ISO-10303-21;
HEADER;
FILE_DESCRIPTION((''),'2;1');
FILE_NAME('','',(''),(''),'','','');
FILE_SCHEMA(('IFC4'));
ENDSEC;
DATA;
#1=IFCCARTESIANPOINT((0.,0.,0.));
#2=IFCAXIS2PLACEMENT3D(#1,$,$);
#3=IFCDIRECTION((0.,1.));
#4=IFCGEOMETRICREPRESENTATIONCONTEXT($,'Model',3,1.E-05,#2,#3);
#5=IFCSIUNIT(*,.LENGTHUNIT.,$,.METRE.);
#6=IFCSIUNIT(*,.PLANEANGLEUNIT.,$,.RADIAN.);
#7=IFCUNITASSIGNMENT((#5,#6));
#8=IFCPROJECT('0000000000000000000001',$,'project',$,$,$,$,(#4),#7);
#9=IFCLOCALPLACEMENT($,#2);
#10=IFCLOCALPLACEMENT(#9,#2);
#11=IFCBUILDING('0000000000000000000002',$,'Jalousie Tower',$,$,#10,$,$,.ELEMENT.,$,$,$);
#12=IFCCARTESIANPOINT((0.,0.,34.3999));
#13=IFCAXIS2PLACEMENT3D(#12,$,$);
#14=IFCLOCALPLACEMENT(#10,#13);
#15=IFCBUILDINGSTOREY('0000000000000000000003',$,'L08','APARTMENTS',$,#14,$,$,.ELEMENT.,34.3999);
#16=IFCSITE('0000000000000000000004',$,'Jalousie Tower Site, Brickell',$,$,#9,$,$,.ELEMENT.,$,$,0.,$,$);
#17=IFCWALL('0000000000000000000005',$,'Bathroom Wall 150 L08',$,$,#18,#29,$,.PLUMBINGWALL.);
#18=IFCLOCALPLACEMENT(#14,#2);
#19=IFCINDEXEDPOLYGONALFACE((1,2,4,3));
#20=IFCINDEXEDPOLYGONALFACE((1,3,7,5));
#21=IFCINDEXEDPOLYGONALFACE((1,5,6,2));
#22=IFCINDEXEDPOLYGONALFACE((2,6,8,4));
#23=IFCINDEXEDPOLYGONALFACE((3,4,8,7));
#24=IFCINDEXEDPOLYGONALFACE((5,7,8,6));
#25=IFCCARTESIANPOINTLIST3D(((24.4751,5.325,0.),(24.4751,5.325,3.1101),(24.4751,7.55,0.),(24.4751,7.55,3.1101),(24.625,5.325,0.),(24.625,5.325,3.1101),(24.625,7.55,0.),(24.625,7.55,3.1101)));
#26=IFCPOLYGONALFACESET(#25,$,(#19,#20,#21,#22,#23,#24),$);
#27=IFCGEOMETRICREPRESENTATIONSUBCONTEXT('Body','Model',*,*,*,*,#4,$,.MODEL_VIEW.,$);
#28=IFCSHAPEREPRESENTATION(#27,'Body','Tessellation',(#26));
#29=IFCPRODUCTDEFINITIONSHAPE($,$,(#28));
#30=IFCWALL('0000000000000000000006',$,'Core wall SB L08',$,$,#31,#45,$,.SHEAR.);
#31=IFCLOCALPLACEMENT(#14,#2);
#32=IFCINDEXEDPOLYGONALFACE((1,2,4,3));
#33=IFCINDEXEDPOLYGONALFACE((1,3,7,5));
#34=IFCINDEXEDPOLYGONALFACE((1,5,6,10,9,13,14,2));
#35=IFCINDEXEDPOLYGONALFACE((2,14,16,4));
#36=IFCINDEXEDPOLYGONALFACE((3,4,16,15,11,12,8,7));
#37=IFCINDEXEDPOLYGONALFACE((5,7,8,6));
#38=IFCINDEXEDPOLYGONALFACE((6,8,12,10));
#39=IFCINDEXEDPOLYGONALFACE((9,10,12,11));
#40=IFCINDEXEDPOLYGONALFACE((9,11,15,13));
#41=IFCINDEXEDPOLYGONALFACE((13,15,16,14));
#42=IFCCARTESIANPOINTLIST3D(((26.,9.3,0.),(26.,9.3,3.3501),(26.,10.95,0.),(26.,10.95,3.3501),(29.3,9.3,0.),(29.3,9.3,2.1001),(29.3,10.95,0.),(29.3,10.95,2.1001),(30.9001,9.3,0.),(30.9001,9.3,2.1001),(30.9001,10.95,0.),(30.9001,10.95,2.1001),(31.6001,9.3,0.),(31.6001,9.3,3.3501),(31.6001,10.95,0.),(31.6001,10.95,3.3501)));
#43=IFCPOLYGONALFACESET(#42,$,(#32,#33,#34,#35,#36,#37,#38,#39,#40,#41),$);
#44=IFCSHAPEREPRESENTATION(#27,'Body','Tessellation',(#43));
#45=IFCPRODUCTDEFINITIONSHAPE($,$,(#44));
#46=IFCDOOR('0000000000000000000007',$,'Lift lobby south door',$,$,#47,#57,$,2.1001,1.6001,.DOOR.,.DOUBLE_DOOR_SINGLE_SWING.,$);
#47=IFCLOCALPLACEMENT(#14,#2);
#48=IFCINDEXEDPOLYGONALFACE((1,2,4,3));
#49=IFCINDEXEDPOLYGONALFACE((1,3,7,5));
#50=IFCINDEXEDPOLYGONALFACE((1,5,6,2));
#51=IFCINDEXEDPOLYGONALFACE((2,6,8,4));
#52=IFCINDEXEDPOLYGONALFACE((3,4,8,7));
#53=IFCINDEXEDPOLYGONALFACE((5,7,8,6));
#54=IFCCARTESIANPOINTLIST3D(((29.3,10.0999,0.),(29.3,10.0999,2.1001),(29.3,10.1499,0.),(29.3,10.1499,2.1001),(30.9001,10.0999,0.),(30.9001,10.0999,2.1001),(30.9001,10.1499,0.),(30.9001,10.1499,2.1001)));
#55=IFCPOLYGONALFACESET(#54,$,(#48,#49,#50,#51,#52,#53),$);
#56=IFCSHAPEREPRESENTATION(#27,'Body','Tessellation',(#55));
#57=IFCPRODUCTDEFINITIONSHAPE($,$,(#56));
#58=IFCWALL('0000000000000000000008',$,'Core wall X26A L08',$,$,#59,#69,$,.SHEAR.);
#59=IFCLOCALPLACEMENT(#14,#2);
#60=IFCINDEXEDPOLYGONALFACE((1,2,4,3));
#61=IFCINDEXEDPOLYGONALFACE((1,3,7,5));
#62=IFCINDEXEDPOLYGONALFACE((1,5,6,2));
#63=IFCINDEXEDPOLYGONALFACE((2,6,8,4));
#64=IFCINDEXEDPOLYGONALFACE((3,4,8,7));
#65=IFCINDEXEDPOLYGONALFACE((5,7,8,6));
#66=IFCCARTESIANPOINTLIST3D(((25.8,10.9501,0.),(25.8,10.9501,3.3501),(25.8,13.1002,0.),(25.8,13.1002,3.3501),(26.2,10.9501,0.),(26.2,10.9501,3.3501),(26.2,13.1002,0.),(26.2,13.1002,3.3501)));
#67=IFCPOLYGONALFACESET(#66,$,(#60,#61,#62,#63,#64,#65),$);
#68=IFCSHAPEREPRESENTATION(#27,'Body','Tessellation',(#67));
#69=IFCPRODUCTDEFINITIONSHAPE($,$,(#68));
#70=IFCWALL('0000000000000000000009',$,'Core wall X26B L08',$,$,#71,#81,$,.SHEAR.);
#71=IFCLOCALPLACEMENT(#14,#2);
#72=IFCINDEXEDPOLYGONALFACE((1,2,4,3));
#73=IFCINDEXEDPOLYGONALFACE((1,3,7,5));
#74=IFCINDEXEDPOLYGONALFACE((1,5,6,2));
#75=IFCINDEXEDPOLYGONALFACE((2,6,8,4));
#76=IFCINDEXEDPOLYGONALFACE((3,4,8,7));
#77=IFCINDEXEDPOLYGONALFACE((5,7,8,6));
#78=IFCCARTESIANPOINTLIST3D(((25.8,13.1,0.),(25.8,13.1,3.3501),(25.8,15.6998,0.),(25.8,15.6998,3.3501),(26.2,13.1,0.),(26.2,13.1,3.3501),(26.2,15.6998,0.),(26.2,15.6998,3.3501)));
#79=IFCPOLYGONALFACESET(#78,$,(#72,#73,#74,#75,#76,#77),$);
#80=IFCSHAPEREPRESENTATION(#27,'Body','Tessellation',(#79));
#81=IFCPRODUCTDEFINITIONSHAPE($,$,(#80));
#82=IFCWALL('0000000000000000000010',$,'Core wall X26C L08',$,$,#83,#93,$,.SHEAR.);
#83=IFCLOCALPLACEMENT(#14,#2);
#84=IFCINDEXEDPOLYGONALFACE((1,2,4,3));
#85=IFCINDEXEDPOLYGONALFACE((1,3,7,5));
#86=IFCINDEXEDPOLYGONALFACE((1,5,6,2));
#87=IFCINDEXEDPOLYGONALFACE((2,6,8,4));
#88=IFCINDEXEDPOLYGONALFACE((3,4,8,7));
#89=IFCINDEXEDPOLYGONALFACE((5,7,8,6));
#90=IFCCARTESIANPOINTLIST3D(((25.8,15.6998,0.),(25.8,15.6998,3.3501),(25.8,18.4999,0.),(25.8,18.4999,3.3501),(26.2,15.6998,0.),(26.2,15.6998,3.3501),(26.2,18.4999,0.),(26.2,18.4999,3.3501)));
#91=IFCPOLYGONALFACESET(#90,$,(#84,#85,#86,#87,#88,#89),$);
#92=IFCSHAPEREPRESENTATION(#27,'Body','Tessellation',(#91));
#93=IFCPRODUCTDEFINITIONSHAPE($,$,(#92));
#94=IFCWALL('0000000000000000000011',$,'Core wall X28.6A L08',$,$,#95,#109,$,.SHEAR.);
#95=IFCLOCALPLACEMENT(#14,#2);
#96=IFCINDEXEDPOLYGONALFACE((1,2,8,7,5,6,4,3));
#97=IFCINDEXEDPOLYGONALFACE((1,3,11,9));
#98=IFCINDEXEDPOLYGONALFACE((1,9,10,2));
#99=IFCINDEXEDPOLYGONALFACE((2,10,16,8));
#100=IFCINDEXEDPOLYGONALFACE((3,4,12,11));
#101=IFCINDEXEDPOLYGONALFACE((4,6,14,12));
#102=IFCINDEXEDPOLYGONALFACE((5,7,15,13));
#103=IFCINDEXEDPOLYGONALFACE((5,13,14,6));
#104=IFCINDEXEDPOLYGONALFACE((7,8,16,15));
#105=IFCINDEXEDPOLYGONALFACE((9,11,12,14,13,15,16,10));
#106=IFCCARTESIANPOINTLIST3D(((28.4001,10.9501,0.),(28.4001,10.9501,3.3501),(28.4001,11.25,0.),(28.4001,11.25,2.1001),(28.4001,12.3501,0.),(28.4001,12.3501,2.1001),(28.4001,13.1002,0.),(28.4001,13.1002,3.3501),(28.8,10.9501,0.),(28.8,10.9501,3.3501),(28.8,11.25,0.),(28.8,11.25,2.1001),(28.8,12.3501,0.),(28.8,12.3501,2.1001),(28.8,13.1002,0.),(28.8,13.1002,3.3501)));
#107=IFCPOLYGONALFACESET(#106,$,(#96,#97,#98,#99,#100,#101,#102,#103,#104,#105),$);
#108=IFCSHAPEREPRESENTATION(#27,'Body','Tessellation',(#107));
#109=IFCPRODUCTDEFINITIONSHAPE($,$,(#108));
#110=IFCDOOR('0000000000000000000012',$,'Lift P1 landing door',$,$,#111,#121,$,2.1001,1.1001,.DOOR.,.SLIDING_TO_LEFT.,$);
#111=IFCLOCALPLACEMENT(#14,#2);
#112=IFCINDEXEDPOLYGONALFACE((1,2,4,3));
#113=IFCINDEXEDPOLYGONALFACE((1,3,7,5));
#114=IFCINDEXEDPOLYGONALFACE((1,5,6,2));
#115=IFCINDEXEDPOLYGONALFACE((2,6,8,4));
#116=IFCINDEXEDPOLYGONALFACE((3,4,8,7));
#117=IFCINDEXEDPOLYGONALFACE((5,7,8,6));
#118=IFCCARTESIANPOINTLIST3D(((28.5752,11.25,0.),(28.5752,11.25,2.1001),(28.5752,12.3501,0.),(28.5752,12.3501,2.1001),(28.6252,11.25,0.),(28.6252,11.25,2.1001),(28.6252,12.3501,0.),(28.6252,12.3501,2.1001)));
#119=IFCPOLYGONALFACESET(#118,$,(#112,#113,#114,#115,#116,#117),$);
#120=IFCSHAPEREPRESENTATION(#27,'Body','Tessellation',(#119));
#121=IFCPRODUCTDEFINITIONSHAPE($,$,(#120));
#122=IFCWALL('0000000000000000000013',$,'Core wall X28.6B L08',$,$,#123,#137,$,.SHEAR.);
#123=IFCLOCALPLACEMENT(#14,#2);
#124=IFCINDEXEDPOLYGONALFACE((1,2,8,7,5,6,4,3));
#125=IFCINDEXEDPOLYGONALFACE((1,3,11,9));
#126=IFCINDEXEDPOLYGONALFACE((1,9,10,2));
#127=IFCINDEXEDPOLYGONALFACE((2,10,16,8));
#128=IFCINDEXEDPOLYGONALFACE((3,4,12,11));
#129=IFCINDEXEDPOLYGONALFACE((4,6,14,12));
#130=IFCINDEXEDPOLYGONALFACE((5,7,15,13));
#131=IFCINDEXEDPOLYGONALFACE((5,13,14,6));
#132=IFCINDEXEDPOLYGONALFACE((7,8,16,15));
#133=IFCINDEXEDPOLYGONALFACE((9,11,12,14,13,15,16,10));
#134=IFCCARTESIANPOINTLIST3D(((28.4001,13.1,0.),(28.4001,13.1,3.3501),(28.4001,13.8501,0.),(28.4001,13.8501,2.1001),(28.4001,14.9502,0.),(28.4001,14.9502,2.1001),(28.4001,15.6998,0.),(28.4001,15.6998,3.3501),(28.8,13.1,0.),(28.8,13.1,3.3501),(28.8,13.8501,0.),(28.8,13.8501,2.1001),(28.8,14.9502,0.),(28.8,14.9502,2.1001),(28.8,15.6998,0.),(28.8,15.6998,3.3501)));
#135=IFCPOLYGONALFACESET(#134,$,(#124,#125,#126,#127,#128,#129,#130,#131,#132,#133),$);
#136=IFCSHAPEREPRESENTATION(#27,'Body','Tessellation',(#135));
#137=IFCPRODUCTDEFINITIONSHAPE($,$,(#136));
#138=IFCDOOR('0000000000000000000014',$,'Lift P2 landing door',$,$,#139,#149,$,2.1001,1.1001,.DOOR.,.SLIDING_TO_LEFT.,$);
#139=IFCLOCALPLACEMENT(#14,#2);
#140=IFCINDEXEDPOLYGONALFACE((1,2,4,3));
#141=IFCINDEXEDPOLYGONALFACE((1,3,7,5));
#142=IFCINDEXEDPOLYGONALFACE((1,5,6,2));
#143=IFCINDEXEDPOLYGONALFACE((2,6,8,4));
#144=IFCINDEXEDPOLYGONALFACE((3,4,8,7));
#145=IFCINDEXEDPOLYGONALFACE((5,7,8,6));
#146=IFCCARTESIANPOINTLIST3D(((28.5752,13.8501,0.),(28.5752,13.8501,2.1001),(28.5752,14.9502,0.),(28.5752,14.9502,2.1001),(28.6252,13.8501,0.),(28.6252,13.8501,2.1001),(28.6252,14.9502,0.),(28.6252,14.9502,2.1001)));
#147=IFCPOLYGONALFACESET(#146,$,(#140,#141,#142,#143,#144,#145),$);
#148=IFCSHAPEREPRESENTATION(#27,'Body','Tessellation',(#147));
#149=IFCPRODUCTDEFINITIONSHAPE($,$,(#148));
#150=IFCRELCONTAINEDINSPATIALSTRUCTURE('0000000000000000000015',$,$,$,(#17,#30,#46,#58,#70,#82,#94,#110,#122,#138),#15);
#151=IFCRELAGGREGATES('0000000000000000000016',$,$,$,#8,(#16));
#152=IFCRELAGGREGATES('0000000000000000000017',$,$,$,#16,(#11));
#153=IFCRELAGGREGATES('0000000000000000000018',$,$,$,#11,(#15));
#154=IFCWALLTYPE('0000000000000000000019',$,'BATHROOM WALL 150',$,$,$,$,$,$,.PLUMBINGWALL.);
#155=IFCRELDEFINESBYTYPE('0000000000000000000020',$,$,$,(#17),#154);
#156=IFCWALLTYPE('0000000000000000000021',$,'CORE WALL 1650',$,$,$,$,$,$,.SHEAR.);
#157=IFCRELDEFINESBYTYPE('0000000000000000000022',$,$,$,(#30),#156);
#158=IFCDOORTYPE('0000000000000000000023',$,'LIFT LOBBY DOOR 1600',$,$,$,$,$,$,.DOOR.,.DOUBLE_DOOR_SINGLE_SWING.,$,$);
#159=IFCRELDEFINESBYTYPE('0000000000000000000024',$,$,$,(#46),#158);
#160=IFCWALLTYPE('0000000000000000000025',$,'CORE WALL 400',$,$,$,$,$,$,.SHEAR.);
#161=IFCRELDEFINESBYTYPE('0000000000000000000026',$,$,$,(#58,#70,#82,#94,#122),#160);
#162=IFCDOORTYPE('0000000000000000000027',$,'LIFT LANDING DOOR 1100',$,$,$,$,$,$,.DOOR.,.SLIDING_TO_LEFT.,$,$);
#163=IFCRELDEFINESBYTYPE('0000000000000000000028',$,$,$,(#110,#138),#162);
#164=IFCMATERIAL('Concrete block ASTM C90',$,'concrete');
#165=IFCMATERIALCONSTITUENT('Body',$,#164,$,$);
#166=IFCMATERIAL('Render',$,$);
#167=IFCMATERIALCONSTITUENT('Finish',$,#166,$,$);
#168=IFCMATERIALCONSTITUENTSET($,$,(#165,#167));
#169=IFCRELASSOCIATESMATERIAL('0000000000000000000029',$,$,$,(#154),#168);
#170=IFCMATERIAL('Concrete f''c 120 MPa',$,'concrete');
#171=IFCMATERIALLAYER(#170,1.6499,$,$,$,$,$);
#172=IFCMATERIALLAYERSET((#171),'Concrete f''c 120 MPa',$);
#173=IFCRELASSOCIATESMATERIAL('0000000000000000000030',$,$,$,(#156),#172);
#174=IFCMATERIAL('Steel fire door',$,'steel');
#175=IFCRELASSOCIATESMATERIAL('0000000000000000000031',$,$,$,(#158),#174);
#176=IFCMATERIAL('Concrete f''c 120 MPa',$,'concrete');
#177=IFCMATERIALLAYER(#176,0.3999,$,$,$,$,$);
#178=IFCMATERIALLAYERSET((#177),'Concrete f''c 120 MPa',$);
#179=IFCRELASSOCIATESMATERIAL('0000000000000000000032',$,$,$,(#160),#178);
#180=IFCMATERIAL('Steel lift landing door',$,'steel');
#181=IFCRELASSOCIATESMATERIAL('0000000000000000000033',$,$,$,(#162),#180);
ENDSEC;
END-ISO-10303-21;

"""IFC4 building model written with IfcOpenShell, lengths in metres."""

from ifc_helpers import new_model, si_unit, direction, frame, frame_2d, origin, place, context, subcontext, project, spatial, rectangle, extrude, material, layer, layer_set, constituent, constituent_set, type_object, element, fill, save


model = new_model("IFC4")

# Units and contexts
model_context = context("Model", 3, precision=1e-05, world=origin(), true_north=direction((0.0, 1.0)))
body_context = subcontext(model_context, "Body", "Model", "MODEL_VIEW")
ifc_project = project(units=[si_unit("LENGTHUNIT", "METRE"), si_unit("PLANEANGLEUNIT", "RADIAN")], contexts=[model_context])

# Site, building, storey
site_placement = place(None, origin())
site = spatial("IfcSite", under=ifc_project, at=site_placement, Name="Jalousie Tower Site, Brickell", CompositionType="ELEMENT", RefElevation=0.0)
building_placement = place(site_placement, origin())
building = spatial("IfcBuilding", under=site, at=building_placement, Name="Jalousie Tower", CompositionType="ELEMENT")
storey_placement = place(building_placement, frame((0.0, 0.0, 34.3999)))
storey = spatial("IfcBuildingStorey", under=building, at=storey_placement, Name="L08", Description="APARTMENTS", CompositionType="ELEMENT", Elevation=34.3999)

# Wall
ifc_material_1 = material(Name="Concrete block ASTM C90", Category="concrete")
ifc_constituent_1 = constituent(ifc_material_1, Name="Body")
ifc_material_2 = material(Name="Render")
ifc_constituent_2 = constituent(ifc_material_2, Name="Finish")
ifc_constituent_set_1 = constituent_set(constituents=[ifc_constituent_1, ifc_constituent_2])
wall_type_1 = type_object("IfcWallType", Name="BATHROOM WALL 150", PredefinedType="PLUMBINGWALL", material=ifc_constituent_set_1)
wall_1_placement = place(storey_placement, frame((24.55, 5.325, 0.0), z_axis=(0.0, 0.0, 1.0), x_axis=(0.0, 1.0, 0.0)))
element("IfcWall", 1, at=wall_1_placement, inside=storey, type_object=wall_type_1, Name="Bathroom Wall 150 L08", PredefinedType="PLUMBINGWALL", context=body_context, shape_type="SweptSolid", body=[
    extrude(rectangle(XDim=2.2251, YDim=0.1499, at=frame_2d((1.1125, 0.0))), origin(), (0.0, 0.0, 1.0), 3.1101),
])

# Wall, opening, door
ifc_material_3 = material(Name="Concrete f'c 120 MPa", Category="concrete")
ifc_layer_1 = layer(ifc_material_3, 1.6499)
ifc_layer_set_1 = layer_set([ifc_layer_1], Name="Concrete f'c 120 MPa")
wall_type_2 = type_object("IfcWallType", Name="CORE WALL 1650", PredefinedType="SHEAR", material=ifc_layer_set_1)
wall_2_placement = place(storey_placement, frame((26.0, 10.125, 0.0), z_axis=(0.0, 0.0, 1.0), x_axis=(1.0, 0.0, 0.0)))
wall_2 = element("IfcWall", 2, at=wall_2_placement, inside=storey, type_object=wall_type_2, Name="Core wall SB L08", PredefinedType="SHEAR", context=body_context, shape_type="SweptSolid", body=[
    extrude(rectangle(XDim=5.6001, YDim=1.6499, at=frame_2d((2.8, 0.0))), origin(), (0.0, 0.0, 1.0), 3.3501),
])
opening_1_placement = place(wall_2_placement, frame((3.3, 0.0, 0.0)))
opening_1 = element("IfcOpeningElement", 3, at=opening_1_placement, cuts=wall_2, PredefinedType="OPENING", context=body_context, shape_type="SweptSolid", body=[
    extrude(rectangle(XDim=1.6001, YDim=2.1001, at=frame_2d((0.8, 1.05))), frame((0.0, 0.835, 0.0), z_axis=(0.0, -1.0, 0.0), x_axis=(1.0, 0.0, 0.0)), (0.0, 0.0, 1.0), 1.6699),
])
ifc_material_4 = material(Name="Steel fire door", Category="steel")
door_type_1 = type_object("IfcDoorType", Name="LIFT LOBBY DOOR 1600", OperationType="DOUBLE_DOOR_SINGLE_SWING", PredefinedType="DOOR", material=ifc_material_4)
door_1_placement = place(opening_1_placement, origin())
door_1 = element("IfcDoor", 4, at=door_1_placement, inside=storey, type_object=door_type_1, Name="Lift lobby south door", OperationType="DOUBLE_DOOR_SINGLE_SWING", OverallHeight=2.1001, OverallWidth=1.6001, PredefinedType="DOOR", context=body_context, shape_type="SweptSolid", body=[
    extrude(rectangle(XDim=1.6001, YDim=2.1001, at=frame_2d((0.8, 1.05))), frame((0.0, 0.0249, 0.0), z_axis=(0.0, -1.0, 0.0), x_axis=(1.0, 0.0, 0.0)), (0.0, 0.0, 1.0), 0.05),
])
fill(opening_1, door_1)

# Walls
ifc_material_5 = material(Name="Concrete f'c 120 MPa", Category="concrete")
ifc_layer_2 = layer(ifc_material_5, 0.3999)
ifc_layer_set_2 = layer_set([ifc_layer_2], Name="Concrete f'c 120 MPa")
wall_type_3 = type_object("IfcWallType", Name="CORE WALL 400", PredefinedType="SHEAR", material=ifc_layer_set_2)
wall_3_placement = place(storey_placement, frame((26.0, 10.95, 0.0), z_axis=(0.0, 0.0, 1.0), x_axis=(0.0, 1.0, 0.0)))
element("IfcWall", 5, at=wall_3_placement, inside=storey, type_object=wall_type_3, Name="Core wall X26A L08", PredefinedType="SHEAR", context=body_context, shape_type="SweptSolid", body=[
    extrude(rectangle(XDim=2.1501, YDim=0.3999, at=frame_2d((1.0752, 0.0))), origin(), (0.0, 0.0, 1.0), 3.3501),
])
wall_4_placement = place(storey_placement, frame((26.0, 13.1001, 0.0), z_axis=(0.0, 0.0, 1.0), x_axis=(0.0, 1.0, 0.0)))
element("IfcWall", 6, at=wall_4_placement, inside=storey, type_object=wall_type_3, Name="Core wall X26B L08", PredefinedType="SHEAR", context=body_context, shape_type="SweptSolid", body=[
    extrude(rectangle(XDim=2.5999, YDim=0.3999, at=frame_2d((1.2998, 0.0))), origin(), (0.0, 0.0, 1.0), 3.3501),
])
wall_5_placement = place(storey_placement, frame((26.0, 15.7, 0.0), z_axis=(0.0, 0.0, 1.0), x_axis=(0.0, 1.0, 0.0)))
element("IfcWall", 7, at=wall_5_placement, inside=storey, type_object=wall_type_3, Name="Core wall X26C L08", PredefinedType="SHEAR", context=body_context, shape_type="SweptSolid", body=[
    extrude(rectangle(XDim=2.8, YDim=0.3999, at=frame_2d((1.3999, 0.0))), origin(), (0.0, 0.0, 1.0), 3.3501),
])

# Walls, openings, doors
wall_6_placement = place(storey_placement, frame((28.6001, 10.95, 0.0), z_axis=(0.0, 0.0, 1.0), x_axis=(0.0, 1.0, 0.0)))
wall_6 = element("IfcWall", 8, at=wall_6_placement, inside=storey, type_object=wall_type_3, Name="Core wall X28.6A L08", PredefinedType="SHEAR", context=body_context, shape_type="SweptSolid", body=[
    extrude(rectangle(XDim=2.1501, YDim=0.3999, at=frame_2d((1.0752, 0.0))), origin(), (0.0, 0.0, 1.0), 3.3501),
])
opening_2_placement = place(wall_6_placement, frame((0.3, 0.0, 0.0)))
opening_2 = element("IfcOpeningElement", 9, at=opening_2_placement, cuts=wall_6, PredefinedType="OPENING", context=body_context, shape_type="SweptSolid", body=[
    extrude(rectangle(XDim=1.1001, YDim=2.1001, at=frame_2d((0.55, 1.05))), frame((0.0, 0.21, 0.0), z_axis=(0.0, -1.0, 0.0), x_axis=(1.0, 0.0, 0.0)), (0.0, 0.0, 1.0), 0.4199),
])
ifc_material_6 = material(Name="Steel lift landing door", Category="steel")
door_type_2 = type_object("IfcDoorType", Name="LIFT LANDING DOOR 1100", OperationType="SLIDING_TO_LEFT", PredefinedType="DOOR", material=ifc_material_6)
door_2_placement = place(opening_2_placement, origin())
door_2 = element("IfcDoor", 10, at=door_2_placement, inside=storey, type_object=door_type_2, Name="Lift P1 landing door", OperationType="SLIDING_TO_LEFT", OverallHeight=2.1001, OverallWidth=1.1001, PredefinedType="DOOR", context=body_context, shape_type="SweptSolid", body=[
    extrude(rectangle(XDim=1.1001, YDim=2.1001, at=frame_2d((0.55, 1.05))), frame((0.0, 0.0249, 0.0), z_axis=(0.0, -1.0, 0.0), x_axis=(1.0, 0.0, 0.0)), (0.0, 0.0, 1.0), 0.05),
])
fill(opening_2, door_2)
wall_7_placement = place(storey_placement, frame((28.6001, 13.1001, 0.0), z_axis=(0.0, 0.0, 1.0), x_axis=(0.0, 1.0, 0.0)))
wall_7 = element("IfcWall", 11, at=wall_7_placement, inside=storey, type_object=wall_type_3, Name="Core wall X28.6B L08", PredefinedType="SHEAR", context=body_context, shape_type="SweptSolid", body=[
    extrude(rectangle(XDim=2.5999, YDim=0.3999, at=frame_2d((1.2998, 0.0))), origin(), (0.0, 0.0, 1.0), 3.3501),
])
opening_3_placement = place(wall_7_placement, frame((0.75, 0.0, 0.0)))
opening_3 = element("IfcOpeningElement", 12, at=opening_3_placement, cuts=wall_7, PredefinedType="OPENING", context=body_context, shape_type="SweptSolid", body=[
    extrude(rectangle(XDim=1.1001, YDim=2.1001, at=frame_2d((0.55, 1.05))), frame((0.0, 0.21, 0.0), z_axis=(0.0, -1.0, 0.0), x_axis=(1.0, 0.0, 0.0)), (0.0, 0.0, 1.0), 0.4199),
])
door_3_placement = place(opening_3_placement, origin())
door_3 = element("IfcDoor", 13, at=door_3_placement, inside=storey, type_object=door_type_2, Name="Lift P2 landing door", OperationType="SLIDING_TO_LEFT", OverallHeight=2.1001, OverallWidth=1.1001, PredefinedType="DOOR", context=body_context, shape_type="SweptSolid", body=[
    extrude(rectangle(XDim=1.1001, YDim=2.1001, at=frame_2d((0.55, 1.05))), frame((0.0, 0.0249, 0.0), z_axis=(0.0, -1.0, 0.0), x_axis=(1.0, 0.0, 0.0)), (0.0, 0.0, 1.0), 0.05),
])
fill(opening_3, door_3)

save(model, "model.ifc")
